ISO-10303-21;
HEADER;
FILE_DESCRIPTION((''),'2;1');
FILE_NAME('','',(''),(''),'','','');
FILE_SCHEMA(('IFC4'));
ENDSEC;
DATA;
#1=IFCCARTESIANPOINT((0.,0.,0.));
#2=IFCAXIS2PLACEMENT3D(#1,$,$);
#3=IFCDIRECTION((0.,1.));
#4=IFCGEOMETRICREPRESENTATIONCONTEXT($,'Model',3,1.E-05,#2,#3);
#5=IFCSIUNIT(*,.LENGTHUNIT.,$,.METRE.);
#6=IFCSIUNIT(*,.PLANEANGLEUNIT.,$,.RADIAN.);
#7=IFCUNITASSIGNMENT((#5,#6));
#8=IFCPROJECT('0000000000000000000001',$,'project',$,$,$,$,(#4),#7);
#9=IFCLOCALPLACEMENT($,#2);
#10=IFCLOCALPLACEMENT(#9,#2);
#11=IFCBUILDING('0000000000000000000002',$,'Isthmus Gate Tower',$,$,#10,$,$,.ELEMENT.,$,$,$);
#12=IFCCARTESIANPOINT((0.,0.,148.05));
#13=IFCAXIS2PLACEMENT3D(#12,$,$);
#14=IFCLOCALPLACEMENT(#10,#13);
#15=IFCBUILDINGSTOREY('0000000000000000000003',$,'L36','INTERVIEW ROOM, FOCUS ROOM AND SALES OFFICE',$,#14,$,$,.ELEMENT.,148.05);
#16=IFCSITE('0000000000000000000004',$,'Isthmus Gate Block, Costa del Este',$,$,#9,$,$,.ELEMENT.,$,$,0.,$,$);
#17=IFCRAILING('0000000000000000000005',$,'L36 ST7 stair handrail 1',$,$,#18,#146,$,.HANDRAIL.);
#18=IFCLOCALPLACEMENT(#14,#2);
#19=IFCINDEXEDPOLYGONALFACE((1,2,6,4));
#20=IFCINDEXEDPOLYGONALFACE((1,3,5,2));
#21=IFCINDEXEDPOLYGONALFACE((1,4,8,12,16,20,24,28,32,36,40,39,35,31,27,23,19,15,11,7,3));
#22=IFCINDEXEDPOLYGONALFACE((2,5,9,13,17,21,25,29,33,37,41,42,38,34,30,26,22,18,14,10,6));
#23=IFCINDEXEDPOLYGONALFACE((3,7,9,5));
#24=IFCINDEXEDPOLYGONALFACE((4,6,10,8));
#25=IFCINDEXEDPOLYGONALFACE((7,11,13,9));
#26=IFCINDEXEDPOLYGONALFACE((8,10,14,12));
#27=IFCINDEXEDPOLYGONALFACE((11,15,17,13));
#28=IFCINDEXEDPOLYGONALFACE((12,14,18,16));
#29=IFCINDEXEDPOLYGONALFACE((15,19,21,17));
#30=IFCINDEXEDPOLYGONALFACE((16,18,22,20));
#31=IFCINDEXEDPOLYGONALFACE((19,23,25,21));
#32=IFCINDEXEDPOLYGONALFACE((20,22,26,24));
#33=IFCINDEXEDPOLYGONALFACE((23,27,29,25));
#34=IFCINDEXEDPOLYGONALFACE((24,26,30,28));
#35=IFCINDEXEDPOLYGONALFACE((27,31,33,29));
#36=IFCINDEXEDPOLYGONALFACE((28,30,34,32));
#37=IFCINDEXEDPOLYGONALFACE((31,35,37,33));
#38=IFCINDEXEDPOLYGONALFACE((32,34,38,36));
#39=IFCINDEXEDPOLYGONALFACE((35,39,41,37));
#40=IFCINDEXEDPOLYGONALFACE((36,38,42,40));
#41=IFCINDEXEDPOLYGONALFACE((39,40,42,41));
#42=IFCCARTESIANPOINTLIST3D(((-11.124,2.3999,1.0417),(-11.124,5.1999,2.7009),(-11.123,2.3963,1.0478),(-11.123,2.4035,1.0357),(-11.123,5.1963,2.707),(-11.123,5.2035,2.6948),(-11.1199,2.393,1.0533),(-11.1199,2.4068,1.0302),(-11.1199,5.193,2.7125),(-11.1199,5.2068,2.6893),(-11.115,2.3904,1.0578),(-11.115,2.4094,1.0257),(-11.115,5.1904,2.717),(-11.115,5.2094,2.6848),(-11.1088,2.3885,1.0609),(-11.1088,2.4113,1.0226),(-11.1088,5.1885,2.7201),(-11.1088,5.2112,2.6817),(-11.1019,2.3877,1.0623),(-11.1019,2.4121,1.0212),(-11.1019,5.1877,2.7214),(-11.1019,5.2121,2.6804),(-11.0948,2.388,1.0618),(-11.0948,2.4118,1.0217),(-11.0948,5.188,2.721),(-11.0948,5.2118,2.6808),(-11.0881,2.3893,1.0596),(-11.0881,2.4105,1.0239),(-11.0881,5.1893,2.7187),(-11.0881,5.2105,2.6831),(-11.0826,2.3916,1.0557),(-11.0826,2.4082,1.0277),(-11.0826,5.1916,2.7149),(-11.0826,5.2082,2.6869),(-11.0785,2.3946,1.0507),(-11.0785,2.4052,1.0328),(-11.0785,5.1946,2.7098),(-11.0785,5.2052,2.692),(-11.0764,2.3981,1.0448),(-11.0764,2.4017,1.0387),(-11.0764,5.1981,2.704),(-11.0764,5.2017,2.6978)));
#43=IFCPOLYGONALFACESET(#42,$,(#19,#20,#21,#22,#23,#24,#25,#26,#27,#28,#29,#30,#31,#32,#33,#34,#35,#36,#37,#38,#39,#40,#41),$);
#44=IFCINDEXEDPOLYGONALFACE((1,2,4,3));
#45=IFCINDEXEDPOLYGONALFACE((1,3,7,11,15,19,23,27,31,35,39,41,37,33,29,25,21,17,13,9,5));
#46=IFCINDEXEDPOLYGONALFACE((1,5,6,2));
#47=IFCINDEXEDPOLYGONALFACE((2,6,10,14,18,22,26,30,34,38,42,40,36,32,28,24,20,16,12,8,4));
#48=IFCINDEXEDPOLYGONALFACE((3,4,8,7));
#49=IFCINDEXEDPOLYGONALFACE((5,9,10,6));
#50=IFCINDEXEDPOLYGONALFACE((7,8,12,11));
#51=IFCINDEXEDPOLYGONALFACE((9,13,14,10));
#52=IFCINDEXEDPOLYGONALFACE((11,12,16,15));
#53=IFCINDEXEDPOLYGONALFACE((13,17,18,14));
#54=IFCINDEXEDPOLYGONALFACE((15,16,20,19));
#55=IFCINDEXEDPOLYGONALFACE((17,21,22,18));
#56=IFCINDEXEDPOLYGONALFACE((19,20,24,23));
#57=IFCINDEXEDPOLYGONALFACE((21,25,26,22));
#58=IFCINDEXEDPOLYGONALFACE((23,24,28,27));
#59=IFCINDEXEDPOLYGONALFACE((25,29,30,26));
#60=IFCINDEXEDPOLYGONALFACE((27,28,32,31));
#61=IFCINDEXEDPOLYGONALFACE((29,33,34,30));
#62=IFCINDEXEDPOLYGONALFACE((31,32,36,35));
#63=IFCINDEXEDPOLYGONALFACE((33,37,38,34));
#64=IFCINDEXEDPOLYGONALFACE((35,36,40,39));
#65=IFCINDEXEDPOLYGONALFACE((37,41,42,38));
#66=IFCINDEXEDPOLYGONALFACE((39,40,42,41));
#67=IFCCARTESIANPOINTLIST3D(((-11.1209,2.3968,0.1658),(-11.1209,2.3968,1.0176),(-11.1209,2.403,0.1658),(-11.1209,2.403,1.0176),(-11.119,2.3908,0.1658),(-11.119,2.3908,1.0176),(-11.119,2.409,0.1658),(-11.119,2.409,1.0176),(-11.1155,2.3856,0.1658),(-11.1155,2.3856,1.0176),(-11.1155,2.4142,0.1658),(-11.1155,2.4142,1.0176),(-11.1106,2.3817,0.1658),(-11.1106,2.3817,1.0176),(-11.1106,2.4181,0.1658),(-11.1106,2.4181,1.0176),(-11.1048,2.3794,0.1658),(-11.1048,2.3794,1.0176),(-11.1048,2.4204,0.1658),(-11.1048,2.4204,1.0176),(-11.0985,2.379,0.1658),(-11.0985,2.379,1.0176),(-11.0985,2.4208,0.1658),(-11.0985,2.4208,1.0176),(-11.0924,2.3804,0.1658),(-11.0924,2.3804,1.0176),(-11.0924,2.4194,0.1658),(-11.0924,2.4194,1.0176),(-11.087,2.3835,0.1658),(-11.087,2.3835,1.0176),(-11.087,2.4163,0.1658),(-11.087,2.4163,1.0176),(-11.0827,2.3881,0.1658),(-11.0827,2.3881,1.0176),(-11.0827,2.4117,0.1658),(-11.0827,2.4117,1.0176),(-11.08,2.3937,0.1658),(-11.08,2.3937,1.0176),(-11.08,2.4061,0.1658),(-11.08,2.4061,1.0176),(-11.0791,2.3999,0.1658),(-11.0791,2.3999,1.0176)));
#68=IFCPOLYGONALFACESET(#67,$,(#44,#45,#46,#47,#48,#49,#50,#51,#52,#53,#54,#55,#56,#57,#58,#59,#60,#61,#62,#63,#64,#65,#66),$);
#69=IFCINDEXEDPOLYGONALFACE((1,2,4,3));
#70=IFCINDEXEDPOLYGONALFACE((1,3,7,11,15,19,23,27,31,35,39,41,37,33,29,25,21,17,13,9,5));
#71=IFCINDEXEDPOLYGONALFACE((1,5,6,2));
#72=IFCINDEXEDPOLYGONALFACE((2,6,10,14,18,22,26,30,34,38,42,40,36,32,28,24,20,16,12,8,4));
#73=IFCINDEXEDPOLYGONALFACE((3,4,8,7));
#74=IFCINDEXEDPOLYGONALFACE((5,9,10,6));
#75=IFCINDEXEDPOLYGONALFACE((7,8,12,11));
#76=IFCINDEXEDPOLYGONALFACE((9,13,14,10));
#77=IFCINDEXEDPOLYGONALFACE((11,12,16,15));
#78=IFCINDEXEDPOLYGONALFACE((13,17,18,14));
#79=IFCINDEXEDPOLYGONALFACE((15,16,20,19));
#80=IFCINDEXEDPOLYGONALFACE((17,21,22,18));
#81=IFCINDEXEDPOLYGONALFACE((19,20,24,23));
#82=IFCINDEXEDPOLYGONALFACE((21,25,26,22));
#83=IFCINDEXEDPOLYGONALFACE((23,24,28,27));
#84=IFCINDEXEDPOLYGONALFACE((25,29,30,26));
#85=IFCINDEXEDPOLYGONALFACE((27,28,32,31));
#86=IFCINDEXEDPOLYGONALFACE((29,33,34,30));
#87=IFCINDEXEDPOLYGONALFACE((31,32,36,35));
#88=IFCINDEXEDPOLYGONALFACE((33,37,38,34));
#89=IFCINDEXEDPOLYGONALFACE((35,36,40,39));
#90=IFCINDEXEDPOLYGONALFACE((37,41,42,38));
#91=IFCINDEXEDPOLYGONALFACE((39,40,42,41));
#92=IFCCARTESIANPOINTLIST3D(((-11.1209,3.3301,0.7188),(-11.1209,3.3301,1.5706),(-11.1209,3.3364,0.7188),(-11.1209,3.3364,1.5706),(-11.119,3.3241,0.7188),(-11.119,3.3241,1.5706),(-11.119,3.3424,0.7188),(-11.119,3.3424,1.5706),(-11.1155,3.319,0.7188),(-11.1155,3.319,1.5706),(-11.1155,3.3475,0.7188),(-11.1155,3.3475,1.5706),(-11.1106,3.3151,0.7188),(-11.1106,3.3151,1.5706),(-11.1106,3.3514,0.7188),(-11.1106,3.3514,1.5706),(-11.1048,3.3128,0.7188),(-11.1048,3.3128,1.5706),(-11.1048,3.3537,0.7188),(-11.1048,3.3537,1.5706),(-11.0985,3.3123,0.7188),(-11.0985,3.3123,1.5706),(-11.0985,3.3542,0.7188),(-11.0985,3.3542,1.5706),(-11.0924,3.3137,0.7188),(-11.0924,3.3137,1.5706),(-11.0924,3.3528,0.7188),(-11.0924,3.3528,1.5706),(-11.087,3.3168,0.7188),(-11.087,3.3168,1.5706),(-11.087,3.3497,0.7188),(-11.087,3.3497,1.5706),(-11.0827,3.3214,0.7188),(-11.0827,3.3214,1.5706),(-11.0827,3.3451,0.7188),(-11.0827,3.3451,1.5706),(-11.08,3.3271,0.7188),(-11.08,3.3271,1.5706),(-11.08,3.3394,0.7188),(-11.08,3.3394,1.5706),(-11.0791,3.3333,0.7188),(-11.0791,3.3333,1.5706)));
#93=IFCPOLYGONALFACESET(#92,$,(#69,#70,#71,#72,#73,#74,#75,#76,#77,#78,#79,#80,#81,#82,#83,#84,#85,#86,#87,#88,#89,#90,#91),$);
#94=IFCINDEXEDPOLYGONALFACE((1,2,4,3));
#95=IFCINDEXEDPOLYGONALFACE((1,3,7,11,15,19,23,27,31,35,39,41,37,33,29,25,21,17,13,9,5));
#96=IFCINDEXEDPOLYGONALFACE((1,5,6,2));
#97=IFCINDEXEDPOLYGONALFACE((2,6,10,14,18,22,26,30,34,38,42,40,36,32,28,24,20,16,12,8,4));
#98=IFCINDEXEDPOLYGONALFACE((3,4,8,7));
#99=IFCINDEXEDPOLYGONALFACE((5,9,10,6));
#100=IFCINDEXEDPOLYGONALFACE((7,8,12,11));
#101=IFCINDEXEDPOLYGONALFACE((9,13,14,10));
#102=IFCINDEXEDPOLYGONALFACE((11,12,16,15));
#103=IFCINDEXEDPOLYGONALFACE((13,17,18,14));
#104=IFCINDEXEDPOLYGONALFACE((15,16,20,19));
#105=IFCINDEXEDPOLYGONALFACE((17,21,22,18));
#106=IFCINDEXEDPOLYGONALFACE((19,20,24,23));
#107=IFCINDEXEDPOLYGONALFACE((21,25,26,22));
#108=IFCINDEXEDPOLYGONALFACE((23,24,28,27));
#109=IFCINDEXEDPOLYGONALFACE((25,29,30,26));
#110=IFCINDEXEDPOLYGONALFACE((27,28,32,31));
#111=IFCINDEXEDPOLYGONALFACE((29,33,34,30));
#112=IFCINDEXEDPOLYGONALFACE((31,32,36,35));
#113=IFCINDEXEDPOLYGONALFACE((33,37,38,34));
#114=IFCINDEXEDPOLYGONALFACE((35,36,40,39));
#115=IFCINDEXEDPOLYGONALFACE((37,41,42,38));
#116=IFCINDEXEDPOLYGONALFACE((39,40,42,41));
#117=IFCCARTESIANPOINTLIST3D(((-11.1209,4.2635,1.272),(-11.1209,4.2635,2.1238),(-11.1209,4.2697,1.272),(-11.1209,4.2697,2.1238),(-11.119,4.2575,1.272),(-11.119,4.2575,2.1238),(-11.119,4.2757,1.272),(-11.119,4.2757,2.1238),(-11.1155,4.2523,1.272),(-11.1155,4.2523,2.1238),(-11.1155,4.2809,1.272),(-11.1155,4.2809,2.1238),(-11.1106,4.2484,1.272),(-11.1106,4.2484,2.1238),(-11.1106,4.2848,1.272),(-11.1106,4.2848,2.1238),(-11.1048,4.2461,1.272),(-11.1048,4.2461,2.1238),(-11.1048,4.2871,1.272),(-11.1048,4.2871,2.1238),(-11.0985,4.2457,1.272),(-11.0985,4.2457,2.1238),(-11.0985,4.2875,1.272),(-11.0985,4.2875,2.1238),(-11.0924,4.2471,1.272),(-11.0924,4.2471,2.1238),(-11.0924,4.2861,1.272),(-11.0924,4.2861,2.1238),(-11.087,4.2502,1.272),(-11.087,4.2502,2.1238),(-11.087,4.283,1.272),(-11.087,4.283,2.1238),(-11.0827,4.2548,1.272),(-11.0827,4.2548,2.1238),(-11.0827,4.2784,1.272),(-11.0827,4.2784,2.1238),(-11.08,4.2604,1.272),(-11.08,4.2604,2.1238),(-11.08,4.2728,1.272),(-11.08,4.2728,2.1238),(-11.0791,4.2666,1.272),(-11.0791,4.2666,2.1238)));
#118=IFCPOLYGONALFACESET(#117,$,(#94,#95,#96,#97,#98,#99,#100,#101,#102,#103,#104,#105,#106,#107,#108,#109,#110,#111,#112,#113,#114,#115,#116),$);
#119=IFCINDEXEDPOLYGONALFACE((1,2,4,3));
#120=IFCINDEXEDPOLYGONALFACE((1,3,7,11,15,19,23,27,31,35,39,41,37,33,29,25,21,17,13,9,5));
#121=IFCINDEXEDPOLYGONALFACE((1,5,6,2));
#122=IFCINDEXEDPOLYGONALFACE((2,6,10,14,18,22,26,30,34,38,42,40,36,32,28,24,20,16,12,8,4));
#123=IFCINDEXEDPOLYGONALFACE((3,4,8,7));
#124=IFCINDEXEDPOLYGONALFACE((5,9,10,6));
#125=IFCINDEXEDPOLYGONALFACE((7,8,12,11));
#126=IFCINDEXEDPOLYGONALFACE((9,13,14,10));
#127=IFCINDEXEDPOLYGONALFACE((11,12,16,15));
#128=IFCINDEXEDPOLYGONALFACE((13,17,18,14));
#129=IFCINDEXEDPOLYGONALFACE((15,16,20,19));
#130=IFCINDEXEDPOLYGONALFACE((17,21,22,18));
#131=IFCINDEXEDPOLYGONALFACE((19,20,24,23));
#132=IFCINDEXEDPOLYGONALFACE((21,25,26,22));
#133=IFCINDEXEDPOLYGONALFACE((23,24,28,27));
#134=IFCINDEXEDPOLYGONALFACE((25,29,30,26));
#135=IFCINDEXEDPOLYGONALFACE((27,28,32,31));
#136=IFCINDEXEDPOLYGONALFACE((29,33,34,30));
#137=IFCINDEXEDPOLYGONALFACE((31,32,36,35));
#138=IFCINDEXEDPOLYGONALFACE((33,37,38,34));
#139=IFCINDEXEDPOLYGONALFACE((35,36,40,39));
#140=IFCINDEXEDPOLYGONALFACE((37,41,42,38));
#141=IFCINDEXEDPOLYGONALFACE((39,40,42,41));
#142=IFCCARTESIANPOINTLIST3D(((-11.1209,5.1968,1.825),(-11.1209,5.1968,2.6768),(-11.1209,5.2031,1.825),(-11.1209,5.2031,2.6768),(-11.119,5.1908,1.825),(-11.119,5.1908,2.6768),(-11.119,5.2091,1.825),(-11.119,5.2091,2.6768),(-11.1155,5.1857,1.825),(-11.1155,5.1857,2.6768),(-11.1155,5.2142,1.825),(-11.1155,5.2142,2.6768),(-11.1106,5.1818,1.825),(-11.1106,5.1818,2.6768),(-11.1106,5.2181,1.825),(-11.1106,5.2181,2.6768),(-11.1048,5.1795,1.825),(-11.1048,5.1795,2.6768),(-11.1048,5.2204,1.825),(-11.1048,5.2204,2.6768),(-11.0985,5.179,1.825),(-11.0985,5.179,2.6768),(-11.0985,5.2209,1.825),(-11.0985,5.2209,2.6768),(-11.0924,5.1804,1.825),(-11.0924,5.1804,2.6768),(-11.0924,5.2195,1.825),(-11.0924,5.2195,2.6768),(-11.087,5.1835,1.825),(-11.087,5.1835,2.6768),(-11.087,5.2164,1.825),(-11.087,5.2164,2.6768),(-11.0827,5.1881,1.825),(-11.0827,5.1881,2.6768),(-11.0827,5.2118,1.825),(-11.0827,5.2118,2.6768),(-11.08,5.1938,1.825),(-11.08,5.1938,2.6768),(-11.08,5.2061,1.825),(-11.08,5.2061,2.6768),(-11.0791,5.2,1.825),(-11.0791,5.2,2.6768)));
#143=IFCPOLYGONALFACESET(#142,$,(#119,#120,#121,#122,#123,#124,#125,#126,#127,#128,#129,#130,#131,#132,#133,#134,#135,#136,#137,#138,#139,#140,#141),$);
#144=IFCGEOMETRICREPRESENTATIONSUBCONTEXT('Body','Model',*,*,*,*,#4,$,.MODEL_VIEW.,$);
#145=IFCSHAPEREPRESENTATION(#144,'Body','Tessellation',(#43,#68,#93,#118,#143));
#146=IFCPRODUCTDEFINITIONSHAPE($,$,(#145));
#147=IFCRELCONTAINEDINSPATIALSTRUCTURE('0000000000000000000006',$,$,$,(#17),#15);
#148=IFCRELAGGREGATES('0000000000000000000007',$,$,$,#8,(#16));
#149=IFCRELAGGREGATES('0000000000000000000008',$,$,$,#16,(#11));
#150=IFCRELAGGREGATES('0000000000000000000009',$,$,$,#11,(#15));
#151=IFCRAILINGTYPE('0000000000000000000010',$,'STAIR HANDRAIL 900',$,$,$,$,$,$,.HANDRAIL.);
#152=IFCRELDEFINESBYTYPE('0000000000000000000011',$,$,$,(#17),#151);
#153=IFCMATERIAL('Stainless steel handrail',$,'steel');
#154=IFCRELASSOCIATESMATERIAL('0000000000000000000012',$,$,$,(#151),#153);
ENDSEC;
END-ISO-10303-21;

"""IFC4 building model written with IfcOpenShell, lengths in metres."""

from ifc_helpers import new_model, si_unit, direction, frame, origin, origin_2d, place, context, subcontext, project, spatial, circle, extrude, material, type_object, element, save


model = new_model("IFC4")

# Units and contexts
model_context = context("Model", 3, precision=1e-05, world=origin(), true_north=direction((0.0, 1.0)))
body_context = subcontext(model_context, "Body", "Model", "MODEL_VIEW")
ifc_project = project(units=[si_unit("LENGTHUNIT", "METRE"), si_unit("PLANEANGLEUNIT", "RADIAN")], contexts=[model_context])

# Site, building, storey
site_placement = place(None, origin())
site = spatial("IfcSite", under=ifc_project, at=site_placement, Name="Isthmus Gate Block, Costa del Este", CompositionType="ELEMENT", RefElevation=0.0)
building_placement = place(site_placement, origin())
building = spatial("IfcBuilding", under=site, at=building_placement, Name="Isthmus Gate Tower", CompositionType="ELEMENT")
storey_placement = place(building_placement, frame((0.0, 0.0, 148.05)))
storey = spatial("IfcBuildingStorey", under=building, at=storey_placement, Name="L36", Description="INTERVIEW ROOM, FOCUS ROOM AND SALES OFFICE", CompositionType="ELEMENT", Elevation=148.05)

# Railing
ifc_material_1 = material(Name="Stainless steel handrail", Category="steel")
railing_type_1 = type_object("IfcRailingType", Name="STAIR HANDRAIL 900", PredefinedType="HANDRAIL", material=ifc_material_1)
railing_1_placement = place(storey_placement, frame((-11.1001, 2.3999, 0.1658)))
element("IfcRailing", 1, at=railing_1_placement, inside=storey, type_object=railing_type_1, Name="L36 ST7 stair handrail 1", PredefinedType="HANDRAIL", context=body_context, shape_type="SweptSolid", body=[
    extrude(circle(Radius=0.0239, at=origin_2d()), frame((0.0, 0.0, 0.876), z_axis=(0.0, 0.860306, 0.509778), x_axis=(-1.0, 0.0, 0.0)), (0.0, 0.0, 1.0), 3.2546),
    extrude(circle(Radius=0.021, at=origin_2d()), origin(), (0.0, 0.0, 1.0), 0.8518),
    extrude(circle(Radius=0.021, at=origin_2d()), frame((0.0, 0.9333, 0.553)), (0.0, 0.0, 1.0), 0.8518),
    extrude(circle(Radius=0.021, at=origin_2d()), frame((0.0, 1.8667, 1.1062)), (0.0, 0.0, 1.0), 0.8518),
    extrude(circle(Radius=0.021, at=origin_2d()), frame((0.0, 2.8, 1.6592)), (0.0, 0.0, 1.0), 0.8518),
])

save(model, "model.ifc")
